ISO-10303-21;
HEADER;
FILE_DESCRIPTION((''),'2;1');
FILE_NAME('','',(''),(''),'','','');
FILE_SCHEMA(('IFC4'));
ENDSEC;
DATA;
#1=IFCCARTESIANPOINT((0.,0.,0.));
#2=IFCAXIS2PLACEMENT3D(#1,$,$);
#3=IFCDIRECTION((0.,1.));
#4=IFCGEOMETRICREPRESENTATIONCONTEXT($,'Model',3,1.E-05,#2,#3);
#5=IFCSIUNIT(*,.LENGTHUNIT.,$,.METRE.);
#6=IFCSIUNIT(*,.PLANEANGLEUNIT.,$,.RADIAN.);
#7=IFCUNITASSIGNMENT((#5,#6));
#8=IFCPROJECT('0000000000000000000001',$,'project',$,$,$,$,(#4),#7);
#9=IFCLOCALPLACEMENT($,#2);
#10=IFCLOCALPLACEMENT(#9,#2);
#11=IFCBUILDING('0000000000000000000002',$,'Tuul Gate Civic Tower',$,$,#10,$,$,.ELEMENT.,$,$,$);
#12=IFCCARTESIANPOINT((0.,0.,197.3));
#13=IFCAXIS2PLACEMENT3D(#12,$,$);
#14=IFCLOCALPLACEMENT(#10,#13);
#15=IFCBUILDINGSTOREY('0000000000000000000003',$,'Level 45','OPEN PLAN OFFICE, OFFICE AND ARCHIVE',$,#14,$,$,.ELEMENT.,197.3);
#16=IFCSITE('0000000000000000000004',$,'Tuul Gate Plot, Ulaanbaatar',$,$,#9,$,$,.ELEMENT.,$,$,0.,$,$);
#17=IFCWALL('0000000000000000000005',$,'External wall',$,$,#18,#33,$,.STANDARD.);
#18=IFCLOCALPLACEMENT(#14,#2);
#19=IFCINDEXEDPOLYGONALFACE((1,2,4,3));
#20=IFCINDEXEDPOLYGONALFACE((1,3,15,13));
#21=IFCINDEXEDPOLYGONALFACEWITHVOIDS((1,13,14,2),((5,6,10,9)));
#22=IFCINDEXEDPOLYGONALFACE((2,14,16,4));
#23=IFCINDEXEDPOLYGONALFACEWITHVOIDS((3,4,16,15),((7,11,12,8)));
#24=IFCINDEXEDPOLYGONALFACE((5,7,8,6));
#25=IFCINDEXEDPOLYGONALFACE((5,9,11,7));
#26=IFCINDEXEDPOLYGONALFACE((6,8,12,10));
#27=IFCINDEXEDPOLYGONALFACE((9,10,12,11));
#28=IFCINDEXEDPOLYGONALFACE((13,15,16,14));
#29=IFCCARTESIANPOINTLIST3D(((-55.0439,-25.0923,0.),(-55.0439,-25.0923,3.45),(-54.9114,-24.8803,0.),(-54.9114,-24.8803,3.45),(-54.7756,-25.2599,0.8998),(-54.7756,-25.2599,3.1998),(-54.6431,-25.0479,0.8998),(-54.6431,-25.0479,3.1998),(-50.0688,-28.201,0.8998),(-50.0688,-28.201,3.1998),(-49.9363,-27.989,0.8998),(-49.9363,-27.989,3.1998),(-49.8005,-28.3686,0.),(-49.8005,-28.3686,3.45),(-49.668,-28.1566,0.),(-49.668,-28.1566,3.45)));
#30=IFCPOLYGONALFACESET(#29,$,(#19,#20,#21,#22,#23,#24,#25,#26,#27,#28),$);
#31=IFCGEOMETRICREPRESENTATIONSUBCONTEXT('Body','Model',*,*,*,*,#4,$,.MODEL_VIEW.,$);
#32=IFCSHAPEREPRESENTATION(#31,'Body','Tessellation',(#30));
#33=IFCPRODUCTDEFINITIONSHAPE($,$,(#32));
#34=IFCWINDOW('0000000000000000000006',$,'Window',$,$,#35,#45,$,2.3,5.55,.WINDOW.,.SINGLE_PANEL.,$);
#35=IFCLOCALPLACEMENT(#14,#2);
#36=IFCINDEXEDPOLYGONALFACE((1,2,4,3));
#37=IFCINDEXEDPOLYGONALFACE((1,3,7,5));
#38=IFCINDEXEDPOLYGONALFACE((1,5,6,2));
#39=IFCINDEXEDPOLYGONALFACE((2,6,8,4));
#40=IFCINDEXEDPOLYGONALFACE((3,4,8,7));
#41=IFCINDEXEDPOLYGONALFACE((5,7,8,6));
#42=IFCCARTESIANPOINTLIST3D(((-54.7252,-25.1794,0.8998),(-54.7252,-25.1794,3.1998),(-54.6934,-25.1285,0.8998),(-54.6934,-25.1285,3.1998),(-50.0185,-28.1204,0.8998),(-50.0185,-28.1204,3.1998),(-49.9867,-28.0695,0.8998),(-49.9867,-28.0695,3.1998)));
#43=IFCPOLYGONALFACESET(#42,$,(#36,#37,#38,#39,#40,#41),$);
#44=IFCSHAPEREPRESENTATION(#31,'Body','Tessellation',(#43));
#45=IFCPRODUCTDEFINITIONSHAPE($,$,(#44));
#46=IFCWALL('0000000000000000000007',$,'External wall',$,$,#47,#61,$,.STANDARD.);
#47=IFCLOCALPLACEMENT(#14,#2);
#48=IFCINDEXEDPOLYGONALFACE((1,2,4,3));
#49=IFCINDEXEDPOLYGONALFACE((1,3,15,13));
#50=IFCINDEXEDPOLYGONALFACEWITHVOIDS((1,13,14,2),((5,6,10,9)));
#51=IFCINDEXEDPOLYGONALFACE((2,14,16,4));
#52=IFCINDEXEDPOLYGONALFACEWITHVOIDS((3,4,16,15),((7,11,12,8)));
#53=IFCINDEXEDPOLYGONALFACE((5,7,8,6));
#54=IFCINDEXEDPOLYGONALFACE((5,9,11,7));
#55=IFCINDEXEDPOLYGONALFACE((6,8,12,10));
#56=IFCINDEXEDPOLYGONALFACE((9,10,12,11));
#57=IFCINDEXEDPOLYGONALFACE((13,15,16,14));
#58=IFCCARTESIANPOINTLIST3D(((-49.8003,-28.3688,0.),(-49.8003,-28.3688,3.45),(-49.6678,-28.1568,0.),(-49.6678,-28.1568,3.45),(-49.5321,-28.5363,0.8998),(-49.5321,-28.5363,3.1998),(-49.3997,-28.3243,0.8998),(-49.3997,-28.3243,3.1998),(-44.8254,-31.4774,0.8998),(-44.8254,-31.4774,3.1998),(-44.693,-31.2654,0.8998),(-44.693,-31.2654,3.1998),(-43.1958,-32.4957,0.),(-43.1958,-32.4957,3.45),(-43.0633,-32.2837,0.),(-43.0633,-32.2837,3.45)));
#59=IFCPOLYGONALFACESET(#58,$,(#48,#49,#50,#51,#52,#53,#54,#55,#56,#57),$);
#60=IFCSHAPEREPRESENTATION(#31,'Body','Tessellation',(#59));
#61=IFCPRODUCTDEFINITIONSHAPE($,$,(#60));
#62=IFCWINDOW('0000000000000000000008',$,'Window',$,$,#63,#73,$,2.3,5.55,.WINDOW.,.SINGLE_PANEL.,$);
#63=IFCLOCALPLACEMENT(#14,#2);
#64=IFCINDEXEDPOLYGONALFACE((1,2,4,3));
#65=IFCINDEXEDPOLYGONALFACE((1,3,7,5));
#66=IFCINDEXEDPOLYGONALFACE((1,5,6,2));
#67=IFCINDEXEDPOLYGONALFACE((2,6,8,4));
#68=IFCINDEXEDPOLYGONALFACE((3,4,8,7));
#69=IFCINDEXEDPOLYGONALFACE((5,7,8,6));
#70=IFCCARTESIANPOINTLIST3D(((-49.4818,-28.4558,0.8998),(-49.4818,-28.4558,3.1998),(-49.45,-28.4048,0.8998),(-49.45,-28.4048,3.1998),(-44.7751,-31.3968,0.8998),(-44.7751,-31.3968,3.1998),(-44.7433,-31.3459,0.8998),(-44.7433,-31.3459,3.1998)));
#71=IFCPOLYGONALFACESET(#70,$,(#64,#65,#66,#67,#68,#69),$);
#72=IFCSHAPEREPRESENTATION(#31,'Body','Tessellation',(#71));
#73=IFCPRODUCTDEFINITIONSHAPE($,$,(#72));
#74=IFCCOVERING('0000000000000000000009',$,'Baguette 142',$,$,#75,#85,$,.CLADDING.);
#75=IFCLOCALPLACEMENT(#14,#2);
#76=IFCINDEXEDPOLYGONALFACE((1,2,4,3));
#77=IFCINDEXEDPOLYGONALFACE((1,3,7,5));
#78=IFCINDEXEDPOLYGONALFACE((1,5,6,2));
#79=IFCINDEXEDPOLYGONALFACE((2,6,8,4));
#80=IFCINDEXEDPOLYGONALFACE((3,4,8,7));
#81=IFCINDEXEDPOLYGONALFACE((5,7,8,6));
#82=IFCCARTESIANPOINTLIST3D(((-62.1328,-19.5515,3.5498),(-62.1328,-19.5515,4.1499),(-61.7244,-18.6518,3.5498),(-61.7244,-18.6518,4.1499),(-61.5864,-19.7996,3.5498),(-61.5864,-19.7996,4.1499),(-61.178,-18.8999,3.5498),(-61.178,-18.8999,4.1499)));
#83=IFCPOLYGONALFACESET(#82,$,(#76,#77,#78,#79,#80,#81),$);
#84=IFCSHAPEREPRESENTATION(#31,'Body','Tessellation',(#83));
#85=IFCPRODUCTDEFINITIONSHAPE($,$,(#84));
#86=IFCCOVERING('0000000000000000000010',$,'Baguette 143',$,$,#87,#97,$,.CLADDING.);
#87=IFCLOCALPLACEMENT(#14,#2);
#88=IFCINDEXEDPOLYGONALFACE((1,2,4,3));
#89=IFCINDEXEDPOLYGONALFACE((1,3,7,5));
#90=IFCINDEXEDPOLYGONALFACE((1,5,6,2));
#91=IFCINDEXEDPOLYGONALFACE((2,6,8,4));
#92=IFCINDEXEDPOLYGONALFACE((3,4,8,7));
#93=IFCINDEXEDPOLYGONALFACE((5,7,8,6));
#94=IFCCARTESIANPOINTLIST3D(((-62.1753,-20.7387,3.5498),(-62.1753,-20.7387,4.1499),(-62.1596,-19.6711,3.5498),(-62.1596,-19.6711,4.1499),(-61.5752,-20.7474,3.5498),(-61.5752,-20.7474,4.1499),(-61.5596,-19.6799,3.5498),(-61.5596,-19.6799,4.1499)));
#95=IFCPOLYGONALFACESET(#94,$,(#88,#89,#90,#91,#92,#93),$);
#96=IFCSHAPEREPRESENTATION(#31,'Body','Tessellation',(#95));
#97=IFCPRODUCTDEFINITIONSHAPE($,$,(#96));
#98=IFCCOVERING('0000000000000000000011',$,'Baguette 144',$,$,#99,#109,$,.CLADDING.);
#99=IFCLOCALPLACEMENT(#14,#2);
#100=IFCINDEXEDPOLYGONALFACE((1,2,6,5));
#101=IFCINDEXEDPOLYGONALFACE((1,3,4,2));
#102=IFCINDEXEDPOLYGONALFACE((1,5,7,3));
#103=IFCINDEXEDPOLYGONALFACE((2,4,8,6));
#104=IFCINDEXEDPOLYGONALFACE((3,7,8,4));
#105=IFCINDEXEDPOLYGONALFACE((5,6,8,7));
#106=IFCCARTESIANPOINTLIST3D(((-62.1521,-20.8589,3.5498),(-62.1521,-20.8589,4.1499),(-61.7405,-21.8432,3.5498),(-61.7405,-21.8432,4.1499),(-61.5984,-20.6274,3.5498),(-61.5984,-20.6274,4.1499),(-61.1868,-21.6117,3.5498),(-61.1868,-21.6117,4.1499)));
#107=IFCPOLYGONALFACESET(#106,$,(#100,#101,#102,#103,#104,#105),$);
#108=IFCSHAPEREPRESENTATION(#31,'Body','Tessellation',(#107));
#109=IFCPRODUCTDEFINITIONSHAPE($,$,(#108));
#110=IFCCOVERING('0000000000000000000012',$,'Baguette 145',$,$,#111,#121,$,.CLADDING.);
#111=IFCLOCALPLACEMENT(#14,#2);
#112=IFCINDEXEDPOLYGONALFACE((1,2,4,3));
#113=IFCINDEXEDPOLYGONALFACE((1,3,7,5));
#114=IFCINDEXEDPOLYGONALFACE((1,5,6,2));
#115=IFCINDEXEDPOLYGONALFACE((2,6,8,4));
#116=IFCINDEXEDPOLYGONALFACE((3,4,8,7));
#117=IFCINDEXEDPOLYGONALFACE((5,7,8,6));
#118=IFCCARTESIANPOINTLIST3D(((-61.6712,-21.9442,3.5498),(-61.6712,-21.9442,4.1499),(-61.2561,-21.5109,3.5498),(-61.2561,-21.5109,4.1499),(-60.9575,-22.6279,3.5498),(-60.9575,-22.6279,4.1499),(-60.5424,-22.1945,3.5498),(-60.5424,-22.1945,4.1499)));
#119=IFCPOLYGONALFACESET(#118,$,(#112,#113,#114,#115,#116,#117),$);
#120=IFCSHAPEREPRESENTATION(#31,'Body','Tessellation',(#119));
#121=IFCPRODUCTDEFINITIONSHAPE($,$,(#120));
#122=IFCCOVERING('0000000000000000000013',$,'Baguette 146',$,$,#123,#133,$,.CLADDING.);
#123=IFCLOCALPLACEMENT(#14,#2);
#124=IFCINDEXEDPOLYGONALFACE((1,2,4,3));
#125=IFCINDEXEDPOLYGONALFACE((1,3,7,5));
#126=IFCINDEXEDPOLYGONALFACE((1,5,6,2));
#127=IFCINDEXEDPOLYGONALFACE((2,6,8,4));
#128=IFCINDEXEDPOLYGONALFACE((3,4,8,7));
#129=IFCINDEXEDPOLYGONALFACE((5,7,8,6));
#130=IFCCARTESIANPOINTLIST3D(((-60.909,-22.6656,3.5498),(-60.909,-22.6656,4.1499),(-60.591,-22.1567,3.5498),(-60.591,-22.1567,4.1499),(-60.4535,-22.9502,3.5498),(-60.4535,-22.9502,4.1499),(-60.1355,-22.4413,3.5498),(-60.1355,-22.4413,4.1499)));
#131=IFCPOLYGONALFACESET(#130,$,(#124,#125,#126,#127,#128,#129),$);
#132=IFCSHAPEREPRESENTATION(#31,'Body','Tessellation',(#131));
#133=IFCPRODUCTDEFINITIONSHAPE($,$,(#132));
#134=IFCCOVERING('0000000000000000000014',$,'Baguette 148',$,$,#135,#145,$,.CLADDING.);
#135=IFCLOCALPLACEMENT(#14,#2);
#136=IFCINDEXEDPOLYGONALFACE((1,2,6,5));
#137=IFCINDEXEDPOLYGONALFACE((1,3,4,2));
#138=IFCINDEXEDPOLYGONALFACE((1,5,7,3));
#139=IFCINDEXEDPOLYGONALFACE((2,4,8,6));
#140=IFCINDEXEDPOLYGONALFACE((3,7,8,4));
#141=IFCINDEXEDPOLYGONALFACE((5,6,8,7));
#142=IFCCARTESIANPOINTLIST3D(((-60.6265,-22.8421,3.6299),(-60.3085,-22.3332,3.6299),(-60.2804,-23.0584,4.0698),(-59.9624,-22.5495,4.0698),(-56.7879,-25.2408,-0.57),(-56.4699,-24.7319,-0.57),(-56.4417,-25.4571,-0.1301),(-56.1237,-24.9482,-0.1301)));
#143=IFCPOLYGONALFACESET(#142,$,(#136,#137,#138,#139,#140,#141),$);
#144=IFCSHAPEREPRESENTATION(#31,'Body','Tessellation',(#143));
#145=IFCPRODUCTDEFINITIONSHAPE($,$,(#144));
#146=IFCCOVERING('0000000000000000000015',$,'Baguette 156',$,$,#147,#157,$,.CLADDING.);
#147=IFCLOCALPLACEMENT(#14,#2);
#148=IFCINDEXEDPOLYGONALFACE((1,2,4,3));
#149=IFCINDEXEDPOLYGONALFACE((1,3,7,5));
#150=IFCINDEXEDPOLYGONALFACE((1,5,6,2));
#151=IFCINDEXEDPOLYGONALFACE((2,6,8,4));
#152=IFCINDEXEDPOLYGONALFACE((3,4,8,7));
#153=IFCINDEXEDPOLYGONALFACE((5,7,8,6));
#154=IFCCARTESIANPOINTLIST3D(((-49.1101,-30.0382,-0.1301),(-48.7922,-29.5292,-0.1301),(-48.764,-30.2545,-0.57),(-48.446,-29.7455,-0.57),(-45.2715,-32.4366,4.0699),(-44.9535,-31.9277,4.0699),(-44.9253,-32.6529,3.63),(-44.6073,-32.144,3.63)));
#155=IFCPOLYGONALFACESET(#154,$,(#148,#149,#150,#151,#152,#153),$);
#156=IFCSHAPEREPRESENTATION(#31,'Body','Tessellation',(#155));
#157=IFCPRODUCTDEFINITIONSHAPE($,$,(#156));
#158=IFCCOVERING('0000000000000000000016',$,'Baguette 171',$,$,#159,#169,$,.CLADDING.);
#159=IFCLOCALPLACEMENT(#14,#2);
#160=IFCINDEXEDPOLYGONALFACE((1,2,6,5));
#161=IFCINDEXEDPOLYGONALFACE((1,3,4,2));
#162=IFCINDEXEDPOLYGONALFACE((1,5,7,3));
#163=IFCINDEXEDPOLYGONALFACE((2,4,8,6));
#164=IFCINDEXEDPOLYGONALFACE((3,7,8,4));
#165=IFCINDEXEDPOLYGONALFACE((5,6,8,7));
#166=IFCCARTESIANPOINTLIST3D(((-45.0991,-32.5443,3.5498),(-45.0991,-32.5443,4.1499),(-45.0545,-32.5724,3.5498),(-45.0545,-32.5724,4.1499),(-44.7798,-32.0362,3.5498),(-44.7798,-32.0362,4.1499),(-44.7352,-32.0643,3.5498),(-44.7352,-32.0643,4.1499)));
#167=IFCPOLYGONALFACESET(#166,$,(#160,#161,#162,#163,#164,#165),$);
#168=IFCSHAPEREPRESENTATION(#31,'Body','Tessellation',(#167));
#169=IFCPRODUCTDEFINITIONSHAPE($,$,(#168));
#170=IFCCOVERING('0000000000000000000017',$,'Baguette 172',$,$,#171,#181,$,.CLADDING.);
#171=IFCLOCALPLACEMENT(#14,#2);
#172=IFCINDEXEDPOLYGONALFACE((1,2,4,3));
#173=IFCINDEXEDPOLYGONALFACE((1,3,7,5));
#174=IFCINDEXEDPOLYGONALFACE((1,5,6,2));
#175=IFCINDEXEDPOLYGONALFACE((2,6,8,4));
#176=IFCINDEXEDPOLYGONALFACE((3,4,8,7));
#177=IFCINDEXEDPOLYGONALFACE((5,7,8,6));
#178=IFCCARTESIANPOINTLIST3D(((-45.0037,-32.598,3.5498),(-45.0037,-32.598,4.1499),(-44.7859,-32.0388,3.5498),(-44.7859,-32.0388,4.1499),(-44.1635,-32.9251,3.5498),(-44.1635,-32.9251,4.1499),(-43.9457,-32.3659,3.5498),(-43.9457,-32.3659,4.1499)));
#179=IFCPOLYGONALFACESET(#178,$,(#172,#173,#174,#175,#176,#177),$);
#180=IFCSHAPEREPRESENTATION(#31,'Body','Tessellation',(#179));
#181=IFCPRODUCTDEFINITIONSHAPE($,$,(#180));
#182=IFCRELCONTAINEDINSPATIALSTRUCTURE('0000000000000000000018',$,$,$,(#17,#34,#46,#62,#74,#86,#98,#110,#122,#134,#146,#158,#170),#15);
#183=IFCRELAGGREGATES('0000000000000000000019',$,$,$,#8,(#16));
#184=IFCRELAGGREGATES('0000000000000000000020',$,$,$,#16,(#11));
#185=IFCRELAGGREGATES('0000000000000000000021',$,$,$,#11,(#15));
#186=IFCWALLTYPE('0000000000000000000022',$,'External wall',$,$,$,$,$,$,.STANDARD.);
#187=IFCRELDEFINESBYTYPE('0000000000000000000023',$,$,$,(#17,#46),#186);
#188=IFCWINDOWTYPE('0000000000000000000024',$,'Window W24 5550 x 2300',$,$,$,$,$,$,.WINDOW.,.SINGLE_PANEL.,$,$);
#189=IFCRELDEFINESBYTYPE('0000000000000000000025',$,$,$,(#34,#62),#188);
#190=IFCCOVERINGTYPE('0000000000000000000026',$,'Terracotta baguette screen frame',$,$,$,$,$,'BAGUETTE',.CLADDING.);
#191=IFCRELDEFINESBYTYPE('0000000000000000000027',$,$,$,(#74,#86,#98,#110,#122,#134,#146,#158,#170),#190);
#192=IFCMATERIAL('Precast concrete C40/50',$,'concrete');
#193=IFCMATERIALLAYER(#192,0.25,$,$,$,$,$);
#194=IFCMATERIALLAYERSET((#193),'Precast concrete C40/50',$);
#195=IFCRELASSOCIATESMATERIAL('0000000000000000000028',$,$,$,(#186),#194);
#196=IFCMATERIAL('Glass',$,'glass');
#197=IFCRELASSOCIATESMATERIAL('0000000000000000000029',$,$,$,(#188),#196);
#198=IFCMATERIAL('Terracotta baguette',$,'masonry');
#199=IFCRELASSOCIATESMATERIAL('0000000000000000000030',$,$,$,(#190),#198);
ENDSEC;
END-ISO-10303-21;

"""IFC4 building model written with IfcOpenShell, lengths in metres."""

from ifc_helpers import new_model, si_unit, direction, frame, frame_2d, origin, origin_2d, place, context, subcontext, project, spatial, rectangle, extrude, material, layer, layer_set, material_profile, profile_set, type_object, element, fill, save


model = new_model("IFC4")

# Units and contexts
model_context = context("Model", 3, precision=1e-05, world=origin(), true_north=direction((0.0, 1.0)))
body_context = subcontext(model_context, "Body", "Model", "MODEL_VIEW")
ifc_project = project(units=[si_unit("LENGTHUNIT", "METRE"), si_unit("PLANEANGLEUNIT", "RADIAN")], contexts=[model_context])

# Site, building, storey
site_placement = place(None, origin())
site = spatial("IfcSite", under=ifc_project, at=site_placement, Name="Tuul Gate Plot, Ulaanbaatar", CompositionType="ELEMENT", RefElevation=0.0)
building_placement = place(site_placement, origin())
building = spatial("IfcBuilding", under=site, at=building_placement, Name="Tuul Gate Civic Tower", CompositionType="ELEMENT")
storey_placement = place(building_placement, frame((0.0, 0.0, 197.3)))
storey = spatial("IfcBuildingStorey", under=building, at=storey_placement, Name="Level 45", Description="OPEN PLAN OFFICE, OFFICE AND ARCHIVE", CompositionType="ELEMENT", Elevation=197.3)

# Shared definitions
ifc_material_1 = material(Name="Precast concrete C40/50", Category="concrete")
ifc_layer_1 = layer(ifc_material_1, 0.25)
ifc_layer_set_1 = layer_set([ifc_layer_1], Name="Precast concrete C40/50")
wall_type_1 = type_object("IfcWallType", Name="External wall", PredefinedType="STANDARD", material=ifc_layer_set_1)

# Walls, openings, windows
ifc_material_2 = material(Name="Glass", Category="glass")
window_type = type_object("IfcWindowType", Name="Window W24 5550 x 2300", PartitioningType="SINGLE_PANEL", PredefinedType="WINDOW", material=ifc_material_2)
wall_1_placement = place(storey_placement, frame((-54.9775, -24.9863, 0.0), z_axis=(0.0, 0.0, 1.0), x_axis=(0.848054, -0.52991, 0.0)))
wall_1 = element("IfcWall", 1, at=wall_1_placement, inside=storey, type_object=wall_type_1, Name="External wall", PredefinedType="STANDARD", context=body_context, shape_type="SweptSolid", body=[
    extrude(rectangle(XDim=6.1829, YDim=0.25, at=frame_2d((3.0913, 0.0))), origin(), (0.0, 0.0, 1.0), 3.45),
])
opening_1_placement = place(wall_1_placement, frame((0.3164, 0.0, 0.8999)))
opening_1 = element("IfcOpeningElement", 2, at=opening_1_placement, cuts=wall_1, PredefinedType="OPENING", context=body_context, shape_type="SweptSolid", body=[
    extrude(rectangle(XDim=5.55, YDim=2.3, at=frame_2d((2.7749, 1.1499))), frame((0.0, 0.135, 0.0), z_axis=(0.0, -1.0, 0.0), x_axis=(1.0, 0.0, 0.0)), (0.0, 0.0, 1.0), 0.27),
])
window_1_placement = place(opening_1_placement, origin())
window_1 = element("IfcWindow", 3, at=window_1_placement, inside=storey, type_object=window_type, Name="Window", OverallHeight=2.3, OverallWidth=5.55, PartitioningType="SINGLE_PANEL", PredefinedType="WINDOW", context=body_context, shape_type="SweptSolid", body=[
    extrude(rectangle(XDim=5.55, YDim=2.3, at=frame_2d((2.7749, 1.1499))), frame((0.0, 0.03, 0.0), z_axis=(0.0, -1.0, 0.0), x_axis=(1.0, 0.0, 0.0)), (0.0, 0.0, 1.0), 0.0601),
])
fill(opening_1, window_1)
wall_2_placement = place(storey_placement, frame((-49.7341, -28.2627, 0.0), z_axis=(0.0, 0.0, 1.0), x_axis=(0.848048, -0.52992, 0.0)))
wall_2 = element("IfcWall", 4, at=wall_2_placement, inside=storey, type_object=wall_type_1, Name="External wall", PredefinedType="STANDARD", context=body_context, shape_type="SweptSolid", body=[
    extrude(rectangle(XDim=7.7878, YDim=0.25, at=frame_2d((3.894, 0.0))), origin(), (0.0, 0.0, 1.0), 3.45),
])
opening_2_placement = place(wall_2_placement, frame((0.3164, 0.0, 0.8999)))
opening_2 = element("IfcOpeningElement", 5, at=opening_2_placement, cuts=wall_2, PredefinedType="OPENING", context=body_context, shape_type="SweptSolid", body=[
    extrude(rectangle(XDim=5.55, YDim=2.3, at=frame_2d((2.7749, 1.1499))), frame((0.0, 0.135, 0.0), z_axis=(0.0, -1.0, 0.0), x_axis=(1.0, 0.0, 0.0)), (0.0, 0.0, 1.0), 0.27),
])
window_2_placement = place(opening_2_placement, origin())
window_2 = element("IfcWindow", 6, at=window_2_placement, inside=storey, type_object=window_type, Name="Window", OverallHeight=2.3, OverallWidth=5.55, PartitioningType="SINGLE_PANEL", PredefinedType="WINDOW", context=body_context, shape_type="SweptSolid", body=[
    extrude(rectangle(XDim=5.55, YDim=2.3, at=frame_2d((2.7749, 1.1499))), frame((0.0, 0.03, 0.0), z_axis=(0.0, -1.0, 0.0), x_axis=(1.0, 0.0, 0.0)), (0.0, 0.0, 1.0), 0.0601),
])
fill(opening_2, window_2)

# Coverings
ifc_material_3 = material(Name="Terracotta baguette", Category="masonry")
ifc_material_profile_1 = material_profile(ifc_material_3, rectangle(XDim=0.6001, YDim=0.6001, at=origin_2d()), Name="Terracotta baguette screen frame")
ifc_profile_set_1 = profile_set([ifc_material_profile_1], Name="Terracotta baguette")
covering_type = type_object("IfcCoveringType", Name="Terracotta baguette screen frame", ElementType="BAGUETTE", PredefinedType="CLADDING", material=ifc_profile_set_1)
covering_1_placement = place(storey_placement, frame((-61.4512, -18.7759, 3.8499), z_axis=(-0.413393, -0.910553, 0.0), x_axis=(0.910553, -0.413393, 0.0)))
element("IfcCovering", 7, at=covering_1_placement, inside=storey, type_object=covering_type, Name="Baguette 142", PredefinedType="CLADDING", context=body_context, shape_type="SweptSolid", body=[
    extrude(rectangle(XDim=0.6001, YDim=0.6001, at=origin_2d()), origin(), (0.0, 0.0, 1.0), 0.988),
])
covering_2_placement = place(storey_placement, frame((-61.8596, -19.6755, 3.8499), z_axis=(-0.014634, -0.999893, 0.0), x_axis=(0.999893, -0.014634, 0.0)))
element("IfcCovering", 8, at=covering_2_placement, inside=storey, type_object=covering_type, Name="Baguette 143", PredefinedType="CLADDING", context=body_context, shape_type="SweptSolid", body=[
    extrude(rectangle(XDim=0.6001, YDim=0.6001, at=origin_2d()), origin(), (0.0, 0.0, 1.0), 1.0676),
])
covering_3_placement = place(storey_placement, frame((-61.8752, -20.7432, 3.8499), z_axis=(0.385785, -0.922589, 0.0), x_axis=(0.922589, 0.385785, 0.0)))
element("IfcCovering", 9, at=covering_3_placement, inside=storey, type_object=covering_type, Name="Baguette 144", PredefinedType="CLADDING", context=body_context, shape_type="SweptSolid", body=[
    extrude(rectangle(XDim=0.6001, YDim=0.6001, at=origin_2d()), origin(), (0.0, 0.0, 1.0), 1.0669),
])
covering_4_placement = place(storey_placement, frame((-61.4636, -21.7275, 3.8499), z_axis=(0.722137, -0.69175, 0.0), x_axis=(0.69175, 0.722137, 0.0)))
element("IfcCovering", 10, at=covering_4_placement, inside=storey, type_object=covering_type, Name="Baguette 145", PredefinedType="CLADDING", context=body_context, shape_type="SweptSolid", body=[
    extrude(rectangle(XDim=0.6001, YDim=0.6001, at=origin_2d()), origin(), (0.0, 0.0, 1.0), 0.9883),
])
covering_5_placement = place(storey_placement, frame((-60.75, -22.4111, 3.8499), z_axis=(0.848049, -0.529917, 0.0), x_axis=(0.529917, 0.848049, 0.0)))
element("IfcCovering", 11, at=covering_5_placement, inside=storey, type_object=covering_type, Name="Baguette 146", PredefinedType="CLADDING", context=body_context, shape_type="SweptSolid", body=[
    extrude(rectangle(XDim=0.6001, YDim=0.6001, at=origin_2d()), origin(), (0.0, 0.0, 1.0), 0.5371),
])
for number, where, z_axis, x_axis, name in (
    (12, (-60.2944, -22.6958, 3.8499), (0.621658, -0.388462, -0.680175), (0.529926, 0.848044, 0.0), "Baguette 148"),
    (13, (-48.7781, -29.8918, -0.3501), (0.621668, -0.388429, 0.680185), (0.529887, 0.848068, 0.0), "Baguette 156"),
):
    element("IfcCovering", number, at=place(storey_placement, frame(where, z_axis=z_axis, x_axis=x_axis)), inside=storey, type_object=covering_type, Name=name, PredefinedType="CLADDING", context=body_context, shape_type="SweptSolid", body=[
        extrude(rectangle(XDim=0.6001, YDim=0.6001, at=origin_2d()), origin(), (0.0, 0.0, 1.0), 6.1748),
    ])
covering_6_placement = place(storey_placement, frame((-44.9395, -32.2903, 3.8499), z_axis=(0.846696, -0.532077, 0.0), x_axis=(0.532077, 0.846696, 0.0)))
element("IfcCovering", 14, at=covering_6_placement, inside=storey, type_object=covering_type, Name="Baguette 171", PredefinedType="CLADDING", context=body_context, shape_type="SweptSolid", body=[
    extrude(rectangle(XDim=0.6001, YDim=0.6001, at=origin_2d()), origin(), (0.0, 0.0, 1.0), 0.0527),
])
covering_7_placement = place(storey_placement, frame((-44.8948, -32.3184, 3.8499), z_axis=(0.931837, -0.362877, 0.0), x_axis=(0.362877, 0.931837, 0.0)))
element("IfcCovering", 15, at=covering_7_placement, inside=storey, type_object=covering_type, Name="Baguette 172", PredefinedType="CLADDING", context=body_context, shape_type="SweptSolid", body=[
    extrude(rectangle(XDim=0.6001, YDim=0.6001, at=origin_2d()), origin(), (0.0, 0.0, 1.0), 0.9016),
])

save(model, "model.ifc")
